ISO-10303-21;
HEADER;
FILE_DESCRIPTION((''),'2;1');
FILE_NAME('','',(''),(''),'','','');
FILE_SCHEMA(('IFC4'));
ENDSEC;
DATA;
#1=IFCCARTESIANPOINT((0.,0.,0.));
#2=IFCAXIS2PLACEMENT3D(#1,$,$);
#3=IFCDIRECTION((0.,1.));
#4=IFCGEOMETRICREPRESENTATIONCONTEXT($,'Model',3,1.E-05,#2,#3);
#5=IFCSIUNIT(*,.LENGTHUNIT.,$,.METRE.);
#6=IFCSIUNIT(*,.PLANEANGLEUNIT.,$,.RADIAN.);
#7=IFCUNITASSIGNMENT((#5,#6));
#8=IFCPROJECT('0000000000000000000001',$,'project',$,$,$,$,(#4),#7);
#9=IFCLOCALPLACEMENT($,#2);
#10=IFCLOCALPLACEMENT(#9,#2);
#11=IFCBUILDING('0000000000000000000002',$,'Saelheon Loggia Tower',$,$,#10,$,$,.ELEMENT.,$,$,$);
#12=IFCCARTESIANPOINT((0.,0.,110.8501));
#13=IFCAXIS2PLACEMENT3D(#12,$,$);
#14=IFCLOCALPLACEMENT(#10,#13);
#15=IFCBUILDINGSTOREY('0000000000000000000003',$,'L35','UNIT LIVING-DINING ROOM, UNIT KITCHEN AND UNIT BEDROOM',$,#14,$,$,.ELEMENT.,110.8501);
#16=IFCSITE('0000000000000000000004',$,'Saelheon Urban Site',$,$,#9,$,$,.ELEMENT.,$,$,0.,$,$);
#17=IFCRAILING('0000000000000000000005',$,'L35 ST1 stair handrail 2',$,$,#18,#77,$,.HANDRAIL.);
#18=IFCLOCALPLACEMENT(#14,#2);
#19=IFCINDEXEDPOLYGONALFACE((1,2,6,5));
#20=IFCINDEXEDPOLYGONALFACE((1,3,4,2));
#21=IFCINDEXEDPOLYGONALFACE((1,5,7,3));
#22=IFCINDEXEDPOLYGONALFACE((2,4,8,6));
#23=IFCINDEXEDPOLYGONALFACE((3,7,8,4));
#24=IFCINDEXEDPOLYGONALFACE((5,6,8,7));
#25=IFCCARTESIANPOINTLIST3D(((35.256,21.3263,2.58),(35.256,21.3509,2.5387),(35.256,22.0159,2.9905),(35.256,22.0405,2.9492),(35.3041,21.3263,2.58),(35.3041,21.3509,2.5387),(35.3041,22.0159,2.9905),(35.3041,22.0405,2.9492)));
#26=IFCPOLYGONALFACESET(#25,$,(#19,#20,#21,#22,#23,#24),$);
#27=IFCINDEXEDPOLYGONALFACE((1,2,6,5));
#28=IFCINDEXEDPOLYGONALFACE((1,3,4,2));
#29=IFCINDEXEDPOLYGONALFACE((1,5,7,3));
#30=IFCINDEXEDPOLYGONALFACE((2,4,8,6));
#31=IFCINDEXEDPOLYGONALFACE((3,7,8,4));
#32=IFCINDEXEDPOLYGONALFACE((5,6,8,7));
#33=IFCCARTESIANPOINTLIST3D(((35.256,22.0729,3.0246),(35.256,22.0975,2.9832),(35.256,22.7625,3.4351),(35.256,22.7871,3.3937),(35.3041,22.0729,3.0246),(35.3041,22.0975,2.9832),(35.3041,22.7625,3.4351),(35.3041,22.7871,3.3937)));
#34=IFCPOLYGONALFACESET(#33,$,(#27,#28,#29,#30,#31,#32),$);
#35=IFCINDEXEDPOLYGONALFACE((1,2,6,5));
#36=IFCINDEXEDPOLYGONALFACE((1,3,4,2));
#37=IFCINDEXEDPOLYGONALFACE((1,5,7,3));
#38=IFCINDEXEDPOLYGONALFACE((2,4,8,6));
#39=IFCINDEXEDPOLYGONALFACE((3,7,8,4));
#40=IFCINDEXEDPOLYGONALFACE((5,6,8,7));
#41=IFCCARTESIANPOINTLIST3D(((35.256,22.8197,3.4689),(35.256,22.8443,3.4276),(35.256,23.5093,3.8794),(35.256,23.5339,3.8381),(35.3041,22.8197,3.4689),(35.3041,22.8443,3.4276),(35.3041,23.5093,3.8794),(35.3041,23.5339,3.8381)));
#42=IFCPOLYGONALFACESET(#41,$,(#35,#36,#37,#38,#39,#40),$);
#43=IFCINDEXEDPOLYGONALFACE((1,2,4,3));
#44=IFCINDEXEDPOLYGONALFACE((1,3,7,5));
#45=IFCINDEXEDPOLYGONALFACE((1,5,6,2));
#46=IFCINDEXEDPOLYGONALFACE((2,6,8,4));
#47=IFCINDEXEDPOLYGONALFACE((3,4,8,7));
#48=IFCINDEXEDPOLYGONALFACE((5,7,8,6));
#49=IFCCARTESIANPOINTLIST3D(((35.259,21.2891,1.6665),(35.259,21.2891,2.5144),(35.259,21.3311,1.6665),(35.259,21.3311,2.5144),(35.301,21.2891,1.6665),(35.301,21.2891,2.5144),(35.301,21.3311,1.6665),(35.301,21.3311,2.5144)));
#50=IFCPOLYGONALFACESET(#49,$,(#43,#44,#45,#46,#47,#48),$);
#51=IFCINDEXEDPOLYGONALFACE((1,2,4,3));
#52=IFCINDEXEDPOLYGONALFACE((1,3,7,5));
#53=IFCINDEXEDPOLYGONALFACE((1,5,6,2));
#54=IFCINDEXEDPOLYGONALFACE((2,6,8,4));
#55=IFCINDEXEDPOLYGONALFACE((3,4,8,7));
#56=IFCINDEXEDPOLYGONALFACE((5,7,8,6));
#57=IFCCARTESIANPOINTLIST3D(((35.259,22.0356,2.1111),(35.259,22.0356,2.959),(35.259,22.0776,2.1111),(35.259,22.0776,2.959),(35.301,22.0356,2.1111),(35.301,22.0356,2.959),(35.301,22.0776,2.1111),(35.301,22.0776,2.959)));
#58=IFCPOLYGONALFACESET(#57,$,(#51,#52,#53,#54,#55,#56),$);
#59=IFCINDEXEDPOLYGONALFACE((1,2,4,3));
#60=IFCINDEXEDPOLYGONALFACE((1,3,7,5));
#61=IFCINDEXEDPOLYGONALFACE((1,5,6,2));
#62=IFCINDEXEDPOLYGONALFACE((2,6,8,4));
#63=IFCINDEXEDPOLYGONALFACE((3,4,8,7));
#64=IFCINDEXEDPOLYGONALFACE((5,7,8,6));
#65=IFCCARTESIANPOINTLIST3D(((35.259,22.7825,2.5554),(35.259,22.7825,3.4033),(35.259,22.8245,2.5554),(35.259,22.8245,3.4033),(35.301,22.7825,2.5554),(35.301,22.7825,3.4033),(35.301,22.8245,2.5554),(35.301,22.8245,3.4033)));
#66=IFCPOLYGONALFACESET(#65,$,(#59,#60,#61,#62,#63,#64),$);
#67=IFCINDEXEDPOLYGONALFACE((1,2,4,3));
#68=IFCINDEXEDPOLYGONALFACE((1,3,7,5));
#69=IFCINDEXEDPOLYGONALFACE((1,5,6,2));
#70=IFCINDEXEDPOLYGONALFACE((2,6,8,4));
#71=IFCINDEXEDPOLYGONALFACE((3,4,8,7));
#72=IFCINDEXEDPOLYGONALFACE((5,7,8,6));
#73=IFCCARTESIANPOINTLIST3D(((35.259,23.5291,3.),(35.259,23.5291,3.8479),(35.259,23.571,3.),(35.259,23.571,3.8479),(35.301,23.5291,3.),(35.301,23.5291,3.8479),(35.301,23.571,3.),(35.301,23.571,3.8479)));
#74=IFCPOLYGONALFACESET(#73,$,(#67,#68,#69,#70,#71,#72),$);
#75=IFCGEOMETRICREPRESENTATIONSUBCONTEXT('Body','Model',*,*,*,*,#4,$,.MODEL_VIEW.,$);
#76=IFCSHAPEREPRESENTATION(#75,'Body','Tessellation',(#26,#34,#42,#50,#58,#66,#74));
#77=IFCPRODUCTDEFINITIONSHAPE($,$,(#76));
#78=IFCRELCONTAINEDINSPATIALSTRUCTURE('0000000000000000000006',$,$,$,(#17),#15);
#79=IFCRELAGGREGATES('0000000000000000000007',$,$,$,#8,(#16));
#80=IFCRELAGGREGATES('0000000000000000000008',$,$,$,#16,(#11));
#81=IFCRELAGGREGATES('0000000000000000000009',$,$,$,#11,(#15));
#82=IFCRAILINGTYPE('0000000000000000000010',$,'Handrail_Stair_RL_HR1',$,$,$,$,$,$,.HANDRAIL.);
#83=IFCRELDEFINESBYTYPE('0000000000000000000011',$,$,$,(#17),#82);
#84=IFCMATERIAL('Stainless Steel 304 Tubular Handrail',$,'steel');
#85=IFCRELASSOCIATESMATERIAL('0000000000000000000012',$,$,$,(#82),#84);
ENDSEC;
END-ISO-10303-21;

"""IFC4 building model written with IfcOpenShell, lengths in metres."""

from ifc_helpers import new_model, si_unit, direction, frame, origin, origin_2d, place, context, subcontext, project, spatial, rectangle, extrude, material, type_object, element, save


model = new_model("IFC4")

# Units and contexts
model_context = context("Model", 3, precision=1e-05, world=origin(), true_north=direction((0.0, 1.0)))
body_context = subcontext(model_context, "Body", "Model", "MODEL_VIEW")
ifc_project = project(units=[si_unit("LENGTHUNIT", "METRE"), si_unit("PLANEANGLEUNIT", "RADIAN")], contexts=[model_context])

# Site, building, storey
site_placement = place(None, origin())
site = spatial("IfcSite", under=ifc_project, at=site_placement, Name="Saelheon Urban Site", CompositionType="ELEMENT", RefElevation=0.0)
building_placement = place(site_placement, origin())
building = spatial("IfcBuilding", under=site, at=building_placement, Name="Saelheon Loggia Tower", CompositionType="ELEMENT")
storey_placement = place(building_placement, frame((0.0, 0.0, 110.8501)))
storey = spatial("IfcBuildingStorey", under=building, at=storey_placement, Name="L35", Description="UNIT LIVING-DINING ROOM, UNIT KITCHEN AND UNIT BEDROOM", CompositionType="ELEMENT", Elevation=110.8501)

# Railing
ifc_material_1 = material(Name="Stainless Steel 304 Tubular Handrail", Category="steel")
railing_type_1 = type_object("IfcRailingType", Name="Handrail_Stair_RL_HR1", PredefinedType="HANDRAIL", material=ifc_material_1)
railing_1_placement = place(storey_placement, frame((35.28, 21.3101, 1.6665)))
element("IfcRailing", 1, at=railing_1_placement, inside=storey, type_object=railing_type_1, Name="L35 ST1 stair handrail 2", PredefinedType="HANDRAIL", context=body_context, shape_type="SweptSolid", body=[
    extrude(rectangle(XDim=0.0481, YDim=0.0481, at=origin_2d()), frame((0.0, 0.0286, 0.8928), z_axis=(0.0, 0.859264, 0.511532), x_axis=(-1.0, 0.0, 0.0)), (0.0, 0.0, 1.0), 0.8025),
    extrude(rectangle(XDim=0.0481, YDim=0.0481, at=origin_2d()), frame((0.0, 0.7751, 1.3374), z_axis=(0.0, 0.859264, 0.511532), x_axis=(-1.0, 0.0, 0.0)), (0.0, 0.0, 1.0), 0.8025),
    extrude(rectangle(XDim=0.0481, YDim=0.0481, at=origin_2d()), frame((0.0, 1.522, 1.7817), z_axis=(0.0, 0.859264, 0.511532), x_axis=(-1.0, 0.0, 0.0)), (0.0, 0.0, 1.0), 0.8025),
    extrude(rectangle(XDim=0.042, YDim=0.042, at=origin_2d()), origin(), (0.0, 0.0, 1.0), 0.8479),
    extrude(rectangle(XDim=0.042, YDim=0.042, at=origin_2d()), frame((0.0, 0.7466, 0.4446)), (0.0, 0.0, 1.0), 0.8479),
    extrude(rectangle(XDim=0.042, YDim=0.042, at=origin_2d()), frame((0.0, 1.4934, 0.8889)), (0.0, 0.0, 1.0), 0.8479),
    extrude(rectangle(XDim=0.042, YDim=0.042, at=origin_2d()), frame((0.0, 2.24, 1.3335)), (0.0, 0.0, 1.0), 0.8479),
])

save(model, "model.ifc")
